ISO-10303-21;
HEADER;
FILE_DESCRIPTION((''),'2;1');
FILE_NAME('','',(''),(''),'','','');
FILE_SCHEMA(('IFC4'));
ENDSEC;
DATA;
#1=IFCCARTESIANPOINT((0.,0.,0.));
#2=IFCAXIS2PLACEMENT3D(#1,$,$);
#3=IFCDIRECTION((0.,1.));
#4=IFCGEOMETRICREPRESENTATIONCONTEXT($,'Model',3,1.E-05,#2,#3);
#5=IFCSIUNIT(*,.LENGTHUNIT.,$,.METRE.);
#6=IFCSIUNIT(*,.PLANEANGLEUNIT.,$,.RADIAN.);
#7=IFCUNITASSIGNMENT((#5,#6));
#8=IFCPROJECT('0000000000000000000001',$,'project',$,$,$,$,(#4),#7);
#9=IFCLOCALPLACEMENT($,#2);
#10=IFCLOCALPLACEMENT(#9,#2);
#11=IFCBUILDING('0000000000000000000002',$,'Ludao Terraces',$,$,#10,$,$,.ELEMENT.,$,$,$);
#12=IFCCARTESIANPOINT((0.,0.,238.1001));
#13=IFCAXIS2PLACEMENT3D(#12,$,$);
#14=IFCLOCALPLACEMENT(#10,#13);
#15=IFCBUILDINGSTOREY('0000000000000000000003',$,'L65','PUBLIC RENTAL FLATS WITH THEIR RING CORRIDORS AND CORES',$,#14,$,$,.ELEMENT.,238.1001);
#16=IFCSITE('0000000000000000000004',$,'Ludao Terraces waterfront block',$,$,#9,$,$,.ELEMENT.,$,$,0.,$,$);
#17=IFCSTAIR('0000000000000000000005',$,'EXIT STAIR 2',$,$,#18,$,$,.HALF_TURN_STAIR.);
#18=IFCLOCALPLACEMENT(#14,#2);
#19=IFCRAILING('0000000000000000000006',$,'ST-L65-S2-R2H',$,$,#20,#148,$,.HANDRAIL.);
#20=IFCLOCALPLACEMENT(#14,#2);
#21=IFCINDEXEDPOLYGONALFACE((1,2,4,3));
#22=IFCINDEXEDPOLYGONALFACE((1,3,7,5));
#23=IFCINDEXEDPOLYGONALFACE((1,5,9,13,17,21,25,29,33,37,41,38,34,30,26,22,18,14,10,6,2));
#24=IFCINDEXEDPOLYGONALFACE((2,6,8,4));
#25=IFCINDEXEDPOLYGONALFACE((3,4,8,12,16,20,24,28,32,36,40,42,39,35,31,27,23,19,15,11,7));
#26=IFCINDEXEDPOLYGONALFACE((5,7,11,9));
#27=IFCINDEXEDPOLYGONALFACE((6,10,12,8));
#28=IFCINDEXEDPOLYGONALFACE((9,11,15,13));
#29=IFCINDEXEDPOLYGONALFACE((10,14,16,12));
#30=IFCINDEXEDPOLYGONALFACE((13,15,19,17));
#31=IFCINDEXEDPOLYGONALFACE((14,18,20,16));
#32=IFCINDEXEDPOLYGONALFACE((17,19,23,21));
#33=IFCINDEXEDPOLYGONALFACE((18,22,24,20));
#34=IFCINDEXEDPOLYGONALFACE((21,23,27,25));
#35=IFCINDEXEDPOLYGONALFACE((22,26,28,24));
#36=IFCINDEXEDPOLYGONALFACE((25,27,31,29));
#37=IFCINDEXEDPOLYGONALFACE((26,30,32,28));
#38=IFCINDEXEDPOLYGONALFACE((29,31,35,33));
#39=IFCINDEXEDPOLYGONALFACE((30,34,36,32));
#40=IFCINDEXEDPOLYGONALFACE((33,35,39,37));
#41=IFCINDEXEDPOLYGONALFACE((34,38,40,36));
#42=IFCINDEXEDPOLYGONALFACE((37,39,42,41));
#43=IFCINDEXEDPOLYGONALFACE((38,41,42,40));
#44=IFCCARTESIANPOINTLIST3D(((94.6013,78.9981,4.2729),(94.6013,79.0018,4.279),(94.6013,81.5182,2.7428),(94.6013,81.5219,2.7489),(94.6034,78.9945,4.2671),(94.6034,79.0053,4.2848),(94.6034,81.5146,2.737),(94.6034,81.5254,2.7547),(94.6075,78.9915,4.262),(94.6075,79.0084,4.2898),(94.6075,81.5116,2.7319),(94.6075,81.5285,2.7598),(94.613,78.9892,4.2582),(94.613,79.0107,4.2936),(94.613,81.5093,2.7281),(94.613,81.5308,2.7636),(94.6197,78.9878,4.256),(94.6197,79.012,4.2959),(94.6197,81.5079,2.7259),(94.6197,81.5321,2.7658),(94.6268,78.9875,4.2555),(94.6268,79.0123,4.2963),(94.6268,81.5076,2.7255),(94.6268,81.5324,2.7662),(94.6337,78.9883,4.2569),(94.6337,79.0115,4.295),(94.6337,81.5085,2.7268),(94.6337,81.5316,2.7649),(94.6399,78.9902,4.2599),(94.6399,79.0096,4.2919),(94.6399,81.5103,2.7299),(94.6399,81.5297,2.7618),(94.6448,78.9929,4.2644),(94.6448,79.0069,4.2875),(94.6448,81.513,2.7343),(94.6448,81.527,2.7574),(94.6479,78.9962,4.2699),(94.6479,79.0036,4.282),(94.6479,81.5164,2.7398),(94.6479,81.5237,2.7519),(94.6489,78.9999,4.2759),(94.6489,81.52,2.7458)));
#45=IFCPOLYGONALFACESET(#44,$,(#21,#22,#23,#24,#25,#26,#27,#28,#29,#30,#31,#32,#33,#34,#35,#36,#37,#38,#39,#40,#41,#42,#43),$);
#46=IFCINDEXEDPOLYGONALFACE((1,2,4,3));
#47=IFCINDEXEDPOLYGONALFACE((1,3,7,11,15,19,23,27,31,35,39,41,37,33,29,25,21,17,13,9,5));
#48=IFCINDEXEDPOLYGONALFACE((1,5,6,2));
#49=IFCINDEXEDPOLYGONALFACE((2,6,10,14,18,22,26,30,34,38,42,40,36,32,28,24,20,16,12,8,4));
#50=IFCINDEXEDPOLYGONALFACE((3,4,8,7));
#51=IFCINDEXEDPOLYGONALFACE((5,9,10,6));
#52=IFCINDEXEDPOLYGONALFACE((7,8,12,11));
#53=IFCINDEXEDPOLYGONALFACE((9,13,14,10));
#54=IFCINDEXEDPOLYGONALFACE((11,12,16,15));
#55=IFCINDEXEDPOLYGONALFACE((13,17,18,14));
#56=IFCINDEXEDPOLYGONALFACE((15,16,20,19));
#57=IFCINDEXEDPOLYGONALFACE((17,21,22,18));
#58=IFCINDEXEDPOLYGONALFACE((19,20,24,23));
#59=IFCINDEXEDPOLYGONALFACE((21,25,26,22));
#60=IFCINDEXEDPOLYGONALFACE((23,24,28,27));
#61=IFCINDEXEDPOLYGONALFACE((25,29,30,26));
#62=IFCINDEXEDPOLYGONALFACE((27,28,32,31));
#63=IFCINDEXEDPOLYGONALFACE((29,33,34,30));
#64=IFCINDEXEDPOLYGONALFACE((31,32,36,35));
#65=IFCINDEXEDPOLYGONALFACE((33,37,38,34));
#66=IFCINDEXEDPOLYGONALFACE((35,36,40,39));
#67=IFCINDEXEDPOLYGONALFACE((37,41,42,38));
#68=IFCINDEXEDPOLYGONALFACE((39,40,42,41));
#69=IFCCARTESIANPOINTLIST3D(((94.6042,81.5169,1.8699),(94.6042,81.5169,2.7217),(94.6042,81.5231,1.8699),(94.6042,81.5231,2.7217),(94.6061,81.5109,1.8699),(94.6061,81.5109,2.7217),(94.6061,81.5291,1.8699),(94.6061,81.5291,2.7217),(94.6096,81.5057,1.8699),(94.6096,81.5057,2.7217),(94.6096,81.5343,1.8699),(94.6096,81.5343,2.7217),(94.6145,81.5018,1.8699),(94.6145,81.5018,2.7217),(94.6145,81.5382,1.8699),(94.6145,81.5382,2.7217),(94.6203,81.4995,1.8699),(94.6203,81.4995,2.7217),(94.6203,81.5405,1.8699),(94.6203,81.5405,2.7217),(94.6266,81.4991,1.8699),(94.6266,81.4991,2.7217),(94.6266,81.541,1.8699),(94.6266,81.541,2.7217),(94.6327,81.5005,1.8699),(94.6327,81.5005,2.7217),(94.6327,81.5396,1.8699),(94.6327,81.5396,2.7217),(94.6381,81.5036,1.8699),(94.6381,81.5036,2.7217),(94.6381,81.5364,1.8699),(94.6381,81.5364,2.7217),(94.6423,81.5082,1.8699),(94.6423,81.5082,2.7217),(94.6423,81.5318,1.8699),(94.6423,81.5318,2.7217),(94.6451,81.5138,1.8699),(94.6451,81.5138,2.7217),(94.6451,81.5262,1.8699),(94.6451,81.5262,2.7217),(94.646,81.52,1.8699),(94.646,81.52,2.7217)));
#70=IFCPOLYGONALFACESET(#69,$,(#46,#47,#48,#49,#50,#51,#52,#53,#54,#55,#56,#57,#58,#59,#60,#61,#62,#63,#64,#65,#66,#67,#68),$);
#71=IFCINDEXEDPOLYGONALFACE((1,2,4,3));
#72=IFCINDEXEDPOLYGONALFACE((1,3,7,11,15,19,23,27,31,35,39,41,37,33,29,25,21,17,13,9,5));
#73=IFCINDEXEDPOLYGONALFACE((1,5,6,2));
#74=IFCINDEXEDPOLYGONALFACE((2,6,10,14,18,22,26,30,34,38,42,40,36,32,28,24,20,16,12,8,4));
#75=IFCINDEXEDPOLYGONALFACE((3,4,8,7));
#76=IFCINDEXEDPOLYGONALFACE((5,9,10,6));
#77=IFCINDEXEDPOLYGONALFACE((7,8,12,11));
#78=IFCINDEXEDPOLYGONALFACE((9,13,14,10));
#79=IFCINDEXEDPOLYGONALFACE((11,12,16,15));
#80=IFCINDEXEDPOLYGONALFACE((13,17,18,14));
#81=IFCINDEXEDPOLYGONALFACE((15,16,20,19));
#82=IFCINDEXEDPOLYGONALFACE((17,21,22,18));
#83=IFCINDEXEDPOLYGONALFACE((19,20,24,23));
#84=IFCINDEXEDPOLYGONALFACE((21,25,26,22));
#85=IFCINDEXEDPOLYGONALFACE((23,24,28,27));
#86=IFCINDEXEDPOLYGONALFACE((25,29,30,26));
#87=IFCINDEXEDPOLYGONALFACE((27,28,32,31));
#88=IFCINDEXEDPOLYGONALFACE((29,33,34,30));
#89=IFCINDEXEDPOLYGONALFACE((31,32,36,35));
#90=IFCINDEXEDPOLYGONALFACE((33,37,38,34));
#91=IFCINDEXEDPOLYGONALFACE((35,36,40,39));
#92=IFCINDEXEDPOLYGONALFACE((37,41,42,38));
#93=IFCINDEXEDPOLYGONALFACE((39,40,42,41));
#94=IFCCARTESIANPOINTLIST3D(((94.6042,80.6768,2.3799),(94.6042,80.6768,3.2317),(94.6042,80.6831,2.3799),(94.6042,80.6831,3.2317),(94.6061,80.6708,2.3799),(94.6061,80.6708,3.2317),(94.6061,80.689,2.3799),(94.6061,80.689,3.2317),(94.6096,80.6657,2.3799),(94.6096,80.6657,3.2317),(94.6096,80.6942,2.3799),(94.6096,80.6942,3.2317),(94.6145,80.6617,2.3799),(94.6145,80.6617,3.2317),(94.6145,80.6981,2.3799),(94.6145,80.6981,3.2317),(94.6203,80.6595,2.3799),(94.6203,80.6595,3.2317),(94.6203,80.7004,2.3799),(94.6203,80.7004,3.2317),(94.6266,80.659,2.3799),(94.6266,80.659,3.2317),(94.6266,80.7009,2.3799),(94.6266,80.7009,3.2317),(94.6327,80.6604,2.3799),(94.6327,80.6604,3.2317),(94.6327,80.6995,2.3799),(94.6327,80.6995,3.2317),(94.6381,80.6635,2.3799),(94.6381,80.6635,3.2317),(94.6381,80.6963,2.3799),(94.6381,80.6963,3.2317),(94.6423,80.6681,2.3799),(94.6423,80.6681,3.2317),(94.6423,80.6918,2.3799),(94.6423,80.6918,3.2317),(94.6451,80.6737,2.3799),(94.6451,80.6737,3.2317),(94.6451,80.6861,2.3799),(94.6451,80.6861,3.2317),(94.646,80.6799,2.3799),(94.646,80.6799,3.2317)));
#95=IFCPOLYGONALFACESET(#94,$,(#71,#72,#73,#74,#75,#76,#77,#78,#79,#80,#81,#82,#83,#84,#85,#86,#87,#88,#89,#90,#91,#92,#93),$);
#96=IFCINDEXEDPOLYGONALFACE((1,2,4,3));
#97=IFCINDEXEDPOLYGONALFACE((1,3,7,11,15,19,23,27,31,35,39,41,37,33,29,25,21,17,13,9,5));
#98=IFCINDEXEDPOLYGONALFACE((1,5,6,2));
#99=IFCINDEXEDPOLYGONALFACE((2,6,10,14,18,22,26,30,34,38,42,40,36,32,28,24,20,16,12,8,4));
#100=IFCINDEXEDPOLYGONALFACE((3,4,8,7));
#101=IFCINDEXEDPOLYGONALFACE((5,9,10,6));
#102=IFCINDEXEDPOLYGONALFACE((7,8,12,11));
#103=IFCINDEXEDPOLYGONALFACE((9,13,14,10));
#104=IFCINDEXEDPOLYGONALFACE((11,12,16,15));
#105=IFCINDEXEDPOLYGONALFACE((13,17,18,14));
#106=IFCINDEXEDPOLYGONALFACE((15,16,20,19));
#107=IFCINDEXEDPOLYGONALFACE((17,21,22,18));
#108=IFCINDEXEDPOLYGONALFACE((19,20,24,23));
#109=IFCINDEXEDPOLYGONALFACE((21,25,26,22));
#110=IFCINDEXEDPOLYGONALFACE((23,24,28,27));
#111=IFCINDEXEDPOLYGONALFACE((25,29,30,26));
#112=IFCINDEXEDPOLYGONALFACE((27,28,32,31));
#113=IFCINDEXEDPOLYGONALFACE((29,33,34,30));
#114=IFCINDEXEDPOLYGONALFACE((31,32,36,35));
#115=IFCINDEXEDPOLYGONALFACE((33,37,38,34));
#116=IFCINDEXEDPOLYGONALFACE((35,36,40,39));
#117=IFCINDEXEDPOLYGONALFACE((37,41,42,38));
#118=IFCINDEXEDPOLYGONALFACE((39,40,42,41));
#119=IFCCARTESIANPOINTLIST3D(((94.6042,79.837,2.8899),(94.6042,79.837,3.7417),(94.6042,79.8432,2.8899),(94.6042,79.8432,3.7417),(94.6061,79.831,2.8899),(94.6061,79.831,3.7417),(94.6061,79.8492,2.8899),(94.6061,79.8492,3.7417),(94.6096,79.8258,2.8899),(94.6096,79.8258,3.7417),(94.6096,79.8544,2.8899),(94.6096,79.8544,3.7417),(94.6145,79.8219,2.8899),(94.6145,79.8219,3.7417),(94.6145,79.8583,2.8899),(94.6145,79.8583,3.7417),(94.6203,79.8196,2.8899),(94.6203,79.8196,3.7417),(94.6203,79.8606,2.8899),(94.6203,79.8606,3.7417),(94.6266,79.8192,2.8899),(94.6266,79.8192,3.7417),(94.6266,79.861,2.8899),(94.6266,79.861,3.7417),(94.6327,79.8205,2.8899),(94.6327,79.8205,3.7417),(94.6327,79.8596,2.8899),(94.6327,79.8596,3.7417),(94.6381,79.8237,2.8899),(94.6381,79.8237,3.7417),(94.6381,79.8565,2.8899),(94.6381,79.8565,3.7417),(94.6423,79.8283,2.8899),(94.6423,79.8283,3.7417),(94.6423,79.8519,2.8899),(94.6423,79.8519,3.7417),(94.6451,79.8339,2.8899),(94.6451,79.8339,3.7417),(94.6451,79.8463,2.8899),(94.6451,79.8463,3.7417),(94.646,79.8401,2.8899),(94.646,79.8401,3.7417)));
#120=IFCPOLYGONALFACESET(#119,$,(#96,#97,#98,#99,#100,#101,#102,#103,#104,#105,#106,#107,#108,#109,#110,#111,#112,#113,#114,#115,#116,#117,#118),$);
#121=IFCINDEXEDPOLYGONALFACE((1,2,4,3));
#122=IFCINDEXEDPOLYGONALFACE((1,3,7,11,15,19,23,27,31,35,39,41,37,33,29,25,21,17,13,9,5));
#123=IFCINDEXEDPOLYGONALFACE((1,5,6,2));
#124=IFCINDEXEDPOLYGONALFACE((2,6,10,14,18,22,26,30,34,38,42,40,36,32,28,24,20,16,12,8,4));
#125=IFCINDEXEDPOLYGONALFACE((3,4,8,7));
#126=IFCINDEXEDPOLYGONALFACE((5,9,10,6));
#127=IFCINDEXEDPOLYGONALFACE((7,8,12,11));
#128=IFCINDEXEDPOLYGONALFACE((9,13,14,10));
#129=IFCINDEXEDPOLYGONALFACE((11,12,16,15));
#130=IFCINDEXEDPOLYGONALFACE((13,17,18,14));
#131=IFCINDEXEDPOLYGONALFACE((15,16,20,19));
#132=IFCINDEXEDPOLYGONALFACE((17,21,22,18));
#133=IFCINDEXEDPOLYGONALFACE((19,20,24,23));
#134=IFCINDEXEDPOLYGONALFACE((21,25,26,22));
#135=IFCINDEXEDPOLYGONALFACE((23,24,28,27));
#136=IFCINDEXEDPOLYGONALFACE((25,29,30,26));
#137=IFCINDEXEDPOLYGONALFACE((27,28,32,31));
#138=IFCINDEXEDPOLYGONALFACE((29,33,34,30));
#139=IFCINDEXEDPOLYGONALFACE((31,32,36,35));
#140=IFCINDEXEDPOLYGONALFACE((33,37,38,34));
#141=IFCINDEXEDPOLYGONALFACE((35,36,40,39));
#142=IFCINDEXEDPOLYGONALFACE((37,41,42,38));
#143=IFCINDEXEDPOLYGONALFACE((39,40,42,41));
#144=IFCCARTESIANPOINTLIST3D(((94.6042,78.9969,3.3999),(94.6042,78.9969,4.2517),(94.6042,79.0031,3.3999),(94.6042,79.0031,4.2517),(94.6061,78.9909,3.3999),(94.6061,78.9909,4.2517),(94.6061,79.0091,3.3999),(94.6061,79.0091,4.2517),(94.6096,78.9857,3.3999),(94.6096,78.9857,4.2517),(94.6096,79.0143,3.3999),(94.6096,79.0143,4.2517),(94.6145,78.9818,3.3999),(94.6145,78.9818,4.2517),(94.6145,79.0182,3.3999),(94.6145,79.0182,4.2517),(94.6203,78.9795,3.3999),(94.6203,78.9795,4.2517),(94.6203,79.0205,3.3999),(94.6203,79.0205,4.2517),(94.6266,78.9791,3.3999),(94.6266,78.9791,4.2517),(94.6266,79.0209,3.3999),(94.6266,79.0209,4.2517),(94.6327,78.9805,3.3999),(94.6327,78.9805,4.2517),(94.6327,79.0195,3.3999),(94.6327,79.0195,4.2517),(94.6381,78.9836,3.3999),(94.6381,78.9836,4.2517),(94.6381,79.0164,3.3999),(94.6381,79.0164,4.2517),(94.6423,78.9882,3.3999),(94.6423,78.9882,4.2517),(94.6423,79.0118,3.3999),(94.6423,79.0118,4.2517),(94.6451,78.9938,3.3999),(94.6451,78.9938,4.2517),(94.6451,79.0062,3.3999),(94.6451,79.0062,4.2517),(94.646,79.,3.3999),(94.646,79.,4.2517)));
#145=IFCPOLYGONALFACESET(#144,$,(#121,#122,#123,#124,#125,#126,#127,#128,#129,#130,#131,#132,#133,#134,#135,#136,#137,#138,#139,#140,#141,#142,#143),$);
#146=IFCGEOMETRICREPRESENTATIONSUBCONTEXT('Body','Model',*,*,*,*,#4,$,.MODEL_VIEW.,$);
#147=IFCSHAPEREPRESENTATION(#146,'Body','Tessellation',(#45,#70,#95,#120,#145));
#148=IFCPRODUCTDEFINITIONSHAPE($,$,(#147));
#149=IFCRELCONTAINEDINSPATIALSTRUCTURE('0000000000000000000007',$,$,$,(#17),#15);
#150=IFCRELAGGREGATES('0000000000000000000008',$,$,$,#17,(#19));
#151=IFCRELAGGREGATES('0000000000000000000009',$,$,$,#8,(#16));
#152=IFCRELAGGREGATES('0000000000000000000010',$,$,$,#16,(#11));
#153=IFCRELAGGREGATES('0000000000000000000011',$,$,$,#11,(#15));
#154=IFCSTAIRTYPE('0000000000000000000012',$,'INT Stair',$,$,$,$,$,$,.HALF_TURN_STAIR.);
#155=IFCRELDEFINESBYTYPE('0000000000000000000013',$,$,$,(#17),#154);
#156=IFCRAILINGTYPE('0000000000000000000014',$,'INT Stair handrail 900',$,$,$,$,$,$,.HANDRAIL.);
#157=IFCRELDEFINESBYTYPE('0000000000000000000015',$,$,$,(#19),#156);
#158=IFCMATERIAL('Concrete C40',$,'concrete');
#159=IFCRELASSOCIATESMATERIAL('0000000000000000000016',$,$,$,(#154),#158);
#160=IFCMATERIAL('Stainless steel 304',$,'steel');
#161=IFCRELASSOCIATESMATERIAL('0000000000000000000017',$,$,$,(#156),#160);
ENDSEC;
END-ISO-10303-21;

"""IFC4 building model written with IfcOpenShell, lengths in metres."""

from ifc_helpers import new_model, si_unit, direction, frame, origin, origin_2d, place, context, subcontext, project, spatial, circle, extrude, material, type_object, element, aggregate, save


model = new_model("IFC4")

# Units and contexts
model_context = context("Model", 3, precision=1e-05, world=origin(), true_north=direction((0.0, 1.0)))
body_context = subcontext(model_context, "Body", "Model", "MODEL_VIEW")
ifc_project = project(units=[si_unit("LENGTHUNIT", "METRE"), si_unit("PLANEANGLEUNIT", "RADIAN")], contexts=[model_context])

# Site, building, storey
site_placement = place(None, origin())
site = spatial("IfcSite", under=ifc_project, at=site_placement, Name="Ludao Terraces waterfront block", CompositionType="ELEMENT", RefElevation=0.0)
building_placement = place(site_placement, origin())
building = spatial("IfcBuilding", under=site, at=building_placement, Name="Ludao Terraces", CompositionType="ELEMENT")
storey_placement = place(building_placement, frame((0.0, 0.0, 238.1001)))
storey = spatial("IfcBuildingStorey", under=building, at=storey_placement, Name="L65", Description="PUBLIC RENTAL FLATS WITH THEIR RING CORRIDORS AND CORES", CompositionType="ELEMENT", Elevation=238.1001)

# Shared definitions
ifc_material_1 = material(Name="Concrete C40", Category="concrete")

# Shared definitions
ifc_material_2 = material(Name="Stainless steel 304", Category="steel")

# Stair, railing
stair_type = type_object("IfcStairType", Name="INT Stair", PredefinedType="HALF_TURN_STAIR", material=ifc_material_1)
stair_placement = place(storey_placement, origin())
stair = element("IfcStair", 1, at=stair_placement, inside=storey, type_object=stair_type, Name="EXIT STAIR 2", PredefinedType="HALF_TURN_STAIR")
railing_type_1 = type_object("IfcRailingType", Name="INT Stair handrail 900", PredefinedType="HANDRAIL", material=ifc_material_2)
railing_1_placement = place(storey_placement, frame((94.625, 81.52, 1.8699)))
railing_1 = element("IfcRailing", 2, at=railing_1_placement, type_object=railing_type_1, Name="ST-L65-S2-R2H", PredefinedType="HANDRAIL", context=body_context, shape_type="SweptSolid", body=[
    extrude(circle(Radius=0.0239, at=origin_2d()), frame((0.0, 0.0, 0.876), z_axis=(0.0, -0.854785, 0.518982), x_axis=(1.0, 0.0, 0.0)), (0.0, 0.0, 1.0), 2.9482),
    extrude(circle(Radius=0.021, at=origin_2d()), origin(), (0.0, 0.0, 1.0), 0.8518),
    extrude(circle(Radius=0.021, at=origin_2d()), frame((0.0, -0.8401, 0.51)), (0.0, 0.0, 1.0), 0.8518),
    extrude(circle(Radius=0.021, at=origin_2d()), frame((0.0, -1.6799, 1.02)), (0.0, 0.0, 1.0), 0.8518),
    extrude(circle(Radius=0.021, at=origin_2d()), frame((0.0, -2.52, 1.53)), (0.0, 0.0, 1.0), 0.8518),
])
aggregate(stair, [railing_1])

save(model, "model.ifc")
